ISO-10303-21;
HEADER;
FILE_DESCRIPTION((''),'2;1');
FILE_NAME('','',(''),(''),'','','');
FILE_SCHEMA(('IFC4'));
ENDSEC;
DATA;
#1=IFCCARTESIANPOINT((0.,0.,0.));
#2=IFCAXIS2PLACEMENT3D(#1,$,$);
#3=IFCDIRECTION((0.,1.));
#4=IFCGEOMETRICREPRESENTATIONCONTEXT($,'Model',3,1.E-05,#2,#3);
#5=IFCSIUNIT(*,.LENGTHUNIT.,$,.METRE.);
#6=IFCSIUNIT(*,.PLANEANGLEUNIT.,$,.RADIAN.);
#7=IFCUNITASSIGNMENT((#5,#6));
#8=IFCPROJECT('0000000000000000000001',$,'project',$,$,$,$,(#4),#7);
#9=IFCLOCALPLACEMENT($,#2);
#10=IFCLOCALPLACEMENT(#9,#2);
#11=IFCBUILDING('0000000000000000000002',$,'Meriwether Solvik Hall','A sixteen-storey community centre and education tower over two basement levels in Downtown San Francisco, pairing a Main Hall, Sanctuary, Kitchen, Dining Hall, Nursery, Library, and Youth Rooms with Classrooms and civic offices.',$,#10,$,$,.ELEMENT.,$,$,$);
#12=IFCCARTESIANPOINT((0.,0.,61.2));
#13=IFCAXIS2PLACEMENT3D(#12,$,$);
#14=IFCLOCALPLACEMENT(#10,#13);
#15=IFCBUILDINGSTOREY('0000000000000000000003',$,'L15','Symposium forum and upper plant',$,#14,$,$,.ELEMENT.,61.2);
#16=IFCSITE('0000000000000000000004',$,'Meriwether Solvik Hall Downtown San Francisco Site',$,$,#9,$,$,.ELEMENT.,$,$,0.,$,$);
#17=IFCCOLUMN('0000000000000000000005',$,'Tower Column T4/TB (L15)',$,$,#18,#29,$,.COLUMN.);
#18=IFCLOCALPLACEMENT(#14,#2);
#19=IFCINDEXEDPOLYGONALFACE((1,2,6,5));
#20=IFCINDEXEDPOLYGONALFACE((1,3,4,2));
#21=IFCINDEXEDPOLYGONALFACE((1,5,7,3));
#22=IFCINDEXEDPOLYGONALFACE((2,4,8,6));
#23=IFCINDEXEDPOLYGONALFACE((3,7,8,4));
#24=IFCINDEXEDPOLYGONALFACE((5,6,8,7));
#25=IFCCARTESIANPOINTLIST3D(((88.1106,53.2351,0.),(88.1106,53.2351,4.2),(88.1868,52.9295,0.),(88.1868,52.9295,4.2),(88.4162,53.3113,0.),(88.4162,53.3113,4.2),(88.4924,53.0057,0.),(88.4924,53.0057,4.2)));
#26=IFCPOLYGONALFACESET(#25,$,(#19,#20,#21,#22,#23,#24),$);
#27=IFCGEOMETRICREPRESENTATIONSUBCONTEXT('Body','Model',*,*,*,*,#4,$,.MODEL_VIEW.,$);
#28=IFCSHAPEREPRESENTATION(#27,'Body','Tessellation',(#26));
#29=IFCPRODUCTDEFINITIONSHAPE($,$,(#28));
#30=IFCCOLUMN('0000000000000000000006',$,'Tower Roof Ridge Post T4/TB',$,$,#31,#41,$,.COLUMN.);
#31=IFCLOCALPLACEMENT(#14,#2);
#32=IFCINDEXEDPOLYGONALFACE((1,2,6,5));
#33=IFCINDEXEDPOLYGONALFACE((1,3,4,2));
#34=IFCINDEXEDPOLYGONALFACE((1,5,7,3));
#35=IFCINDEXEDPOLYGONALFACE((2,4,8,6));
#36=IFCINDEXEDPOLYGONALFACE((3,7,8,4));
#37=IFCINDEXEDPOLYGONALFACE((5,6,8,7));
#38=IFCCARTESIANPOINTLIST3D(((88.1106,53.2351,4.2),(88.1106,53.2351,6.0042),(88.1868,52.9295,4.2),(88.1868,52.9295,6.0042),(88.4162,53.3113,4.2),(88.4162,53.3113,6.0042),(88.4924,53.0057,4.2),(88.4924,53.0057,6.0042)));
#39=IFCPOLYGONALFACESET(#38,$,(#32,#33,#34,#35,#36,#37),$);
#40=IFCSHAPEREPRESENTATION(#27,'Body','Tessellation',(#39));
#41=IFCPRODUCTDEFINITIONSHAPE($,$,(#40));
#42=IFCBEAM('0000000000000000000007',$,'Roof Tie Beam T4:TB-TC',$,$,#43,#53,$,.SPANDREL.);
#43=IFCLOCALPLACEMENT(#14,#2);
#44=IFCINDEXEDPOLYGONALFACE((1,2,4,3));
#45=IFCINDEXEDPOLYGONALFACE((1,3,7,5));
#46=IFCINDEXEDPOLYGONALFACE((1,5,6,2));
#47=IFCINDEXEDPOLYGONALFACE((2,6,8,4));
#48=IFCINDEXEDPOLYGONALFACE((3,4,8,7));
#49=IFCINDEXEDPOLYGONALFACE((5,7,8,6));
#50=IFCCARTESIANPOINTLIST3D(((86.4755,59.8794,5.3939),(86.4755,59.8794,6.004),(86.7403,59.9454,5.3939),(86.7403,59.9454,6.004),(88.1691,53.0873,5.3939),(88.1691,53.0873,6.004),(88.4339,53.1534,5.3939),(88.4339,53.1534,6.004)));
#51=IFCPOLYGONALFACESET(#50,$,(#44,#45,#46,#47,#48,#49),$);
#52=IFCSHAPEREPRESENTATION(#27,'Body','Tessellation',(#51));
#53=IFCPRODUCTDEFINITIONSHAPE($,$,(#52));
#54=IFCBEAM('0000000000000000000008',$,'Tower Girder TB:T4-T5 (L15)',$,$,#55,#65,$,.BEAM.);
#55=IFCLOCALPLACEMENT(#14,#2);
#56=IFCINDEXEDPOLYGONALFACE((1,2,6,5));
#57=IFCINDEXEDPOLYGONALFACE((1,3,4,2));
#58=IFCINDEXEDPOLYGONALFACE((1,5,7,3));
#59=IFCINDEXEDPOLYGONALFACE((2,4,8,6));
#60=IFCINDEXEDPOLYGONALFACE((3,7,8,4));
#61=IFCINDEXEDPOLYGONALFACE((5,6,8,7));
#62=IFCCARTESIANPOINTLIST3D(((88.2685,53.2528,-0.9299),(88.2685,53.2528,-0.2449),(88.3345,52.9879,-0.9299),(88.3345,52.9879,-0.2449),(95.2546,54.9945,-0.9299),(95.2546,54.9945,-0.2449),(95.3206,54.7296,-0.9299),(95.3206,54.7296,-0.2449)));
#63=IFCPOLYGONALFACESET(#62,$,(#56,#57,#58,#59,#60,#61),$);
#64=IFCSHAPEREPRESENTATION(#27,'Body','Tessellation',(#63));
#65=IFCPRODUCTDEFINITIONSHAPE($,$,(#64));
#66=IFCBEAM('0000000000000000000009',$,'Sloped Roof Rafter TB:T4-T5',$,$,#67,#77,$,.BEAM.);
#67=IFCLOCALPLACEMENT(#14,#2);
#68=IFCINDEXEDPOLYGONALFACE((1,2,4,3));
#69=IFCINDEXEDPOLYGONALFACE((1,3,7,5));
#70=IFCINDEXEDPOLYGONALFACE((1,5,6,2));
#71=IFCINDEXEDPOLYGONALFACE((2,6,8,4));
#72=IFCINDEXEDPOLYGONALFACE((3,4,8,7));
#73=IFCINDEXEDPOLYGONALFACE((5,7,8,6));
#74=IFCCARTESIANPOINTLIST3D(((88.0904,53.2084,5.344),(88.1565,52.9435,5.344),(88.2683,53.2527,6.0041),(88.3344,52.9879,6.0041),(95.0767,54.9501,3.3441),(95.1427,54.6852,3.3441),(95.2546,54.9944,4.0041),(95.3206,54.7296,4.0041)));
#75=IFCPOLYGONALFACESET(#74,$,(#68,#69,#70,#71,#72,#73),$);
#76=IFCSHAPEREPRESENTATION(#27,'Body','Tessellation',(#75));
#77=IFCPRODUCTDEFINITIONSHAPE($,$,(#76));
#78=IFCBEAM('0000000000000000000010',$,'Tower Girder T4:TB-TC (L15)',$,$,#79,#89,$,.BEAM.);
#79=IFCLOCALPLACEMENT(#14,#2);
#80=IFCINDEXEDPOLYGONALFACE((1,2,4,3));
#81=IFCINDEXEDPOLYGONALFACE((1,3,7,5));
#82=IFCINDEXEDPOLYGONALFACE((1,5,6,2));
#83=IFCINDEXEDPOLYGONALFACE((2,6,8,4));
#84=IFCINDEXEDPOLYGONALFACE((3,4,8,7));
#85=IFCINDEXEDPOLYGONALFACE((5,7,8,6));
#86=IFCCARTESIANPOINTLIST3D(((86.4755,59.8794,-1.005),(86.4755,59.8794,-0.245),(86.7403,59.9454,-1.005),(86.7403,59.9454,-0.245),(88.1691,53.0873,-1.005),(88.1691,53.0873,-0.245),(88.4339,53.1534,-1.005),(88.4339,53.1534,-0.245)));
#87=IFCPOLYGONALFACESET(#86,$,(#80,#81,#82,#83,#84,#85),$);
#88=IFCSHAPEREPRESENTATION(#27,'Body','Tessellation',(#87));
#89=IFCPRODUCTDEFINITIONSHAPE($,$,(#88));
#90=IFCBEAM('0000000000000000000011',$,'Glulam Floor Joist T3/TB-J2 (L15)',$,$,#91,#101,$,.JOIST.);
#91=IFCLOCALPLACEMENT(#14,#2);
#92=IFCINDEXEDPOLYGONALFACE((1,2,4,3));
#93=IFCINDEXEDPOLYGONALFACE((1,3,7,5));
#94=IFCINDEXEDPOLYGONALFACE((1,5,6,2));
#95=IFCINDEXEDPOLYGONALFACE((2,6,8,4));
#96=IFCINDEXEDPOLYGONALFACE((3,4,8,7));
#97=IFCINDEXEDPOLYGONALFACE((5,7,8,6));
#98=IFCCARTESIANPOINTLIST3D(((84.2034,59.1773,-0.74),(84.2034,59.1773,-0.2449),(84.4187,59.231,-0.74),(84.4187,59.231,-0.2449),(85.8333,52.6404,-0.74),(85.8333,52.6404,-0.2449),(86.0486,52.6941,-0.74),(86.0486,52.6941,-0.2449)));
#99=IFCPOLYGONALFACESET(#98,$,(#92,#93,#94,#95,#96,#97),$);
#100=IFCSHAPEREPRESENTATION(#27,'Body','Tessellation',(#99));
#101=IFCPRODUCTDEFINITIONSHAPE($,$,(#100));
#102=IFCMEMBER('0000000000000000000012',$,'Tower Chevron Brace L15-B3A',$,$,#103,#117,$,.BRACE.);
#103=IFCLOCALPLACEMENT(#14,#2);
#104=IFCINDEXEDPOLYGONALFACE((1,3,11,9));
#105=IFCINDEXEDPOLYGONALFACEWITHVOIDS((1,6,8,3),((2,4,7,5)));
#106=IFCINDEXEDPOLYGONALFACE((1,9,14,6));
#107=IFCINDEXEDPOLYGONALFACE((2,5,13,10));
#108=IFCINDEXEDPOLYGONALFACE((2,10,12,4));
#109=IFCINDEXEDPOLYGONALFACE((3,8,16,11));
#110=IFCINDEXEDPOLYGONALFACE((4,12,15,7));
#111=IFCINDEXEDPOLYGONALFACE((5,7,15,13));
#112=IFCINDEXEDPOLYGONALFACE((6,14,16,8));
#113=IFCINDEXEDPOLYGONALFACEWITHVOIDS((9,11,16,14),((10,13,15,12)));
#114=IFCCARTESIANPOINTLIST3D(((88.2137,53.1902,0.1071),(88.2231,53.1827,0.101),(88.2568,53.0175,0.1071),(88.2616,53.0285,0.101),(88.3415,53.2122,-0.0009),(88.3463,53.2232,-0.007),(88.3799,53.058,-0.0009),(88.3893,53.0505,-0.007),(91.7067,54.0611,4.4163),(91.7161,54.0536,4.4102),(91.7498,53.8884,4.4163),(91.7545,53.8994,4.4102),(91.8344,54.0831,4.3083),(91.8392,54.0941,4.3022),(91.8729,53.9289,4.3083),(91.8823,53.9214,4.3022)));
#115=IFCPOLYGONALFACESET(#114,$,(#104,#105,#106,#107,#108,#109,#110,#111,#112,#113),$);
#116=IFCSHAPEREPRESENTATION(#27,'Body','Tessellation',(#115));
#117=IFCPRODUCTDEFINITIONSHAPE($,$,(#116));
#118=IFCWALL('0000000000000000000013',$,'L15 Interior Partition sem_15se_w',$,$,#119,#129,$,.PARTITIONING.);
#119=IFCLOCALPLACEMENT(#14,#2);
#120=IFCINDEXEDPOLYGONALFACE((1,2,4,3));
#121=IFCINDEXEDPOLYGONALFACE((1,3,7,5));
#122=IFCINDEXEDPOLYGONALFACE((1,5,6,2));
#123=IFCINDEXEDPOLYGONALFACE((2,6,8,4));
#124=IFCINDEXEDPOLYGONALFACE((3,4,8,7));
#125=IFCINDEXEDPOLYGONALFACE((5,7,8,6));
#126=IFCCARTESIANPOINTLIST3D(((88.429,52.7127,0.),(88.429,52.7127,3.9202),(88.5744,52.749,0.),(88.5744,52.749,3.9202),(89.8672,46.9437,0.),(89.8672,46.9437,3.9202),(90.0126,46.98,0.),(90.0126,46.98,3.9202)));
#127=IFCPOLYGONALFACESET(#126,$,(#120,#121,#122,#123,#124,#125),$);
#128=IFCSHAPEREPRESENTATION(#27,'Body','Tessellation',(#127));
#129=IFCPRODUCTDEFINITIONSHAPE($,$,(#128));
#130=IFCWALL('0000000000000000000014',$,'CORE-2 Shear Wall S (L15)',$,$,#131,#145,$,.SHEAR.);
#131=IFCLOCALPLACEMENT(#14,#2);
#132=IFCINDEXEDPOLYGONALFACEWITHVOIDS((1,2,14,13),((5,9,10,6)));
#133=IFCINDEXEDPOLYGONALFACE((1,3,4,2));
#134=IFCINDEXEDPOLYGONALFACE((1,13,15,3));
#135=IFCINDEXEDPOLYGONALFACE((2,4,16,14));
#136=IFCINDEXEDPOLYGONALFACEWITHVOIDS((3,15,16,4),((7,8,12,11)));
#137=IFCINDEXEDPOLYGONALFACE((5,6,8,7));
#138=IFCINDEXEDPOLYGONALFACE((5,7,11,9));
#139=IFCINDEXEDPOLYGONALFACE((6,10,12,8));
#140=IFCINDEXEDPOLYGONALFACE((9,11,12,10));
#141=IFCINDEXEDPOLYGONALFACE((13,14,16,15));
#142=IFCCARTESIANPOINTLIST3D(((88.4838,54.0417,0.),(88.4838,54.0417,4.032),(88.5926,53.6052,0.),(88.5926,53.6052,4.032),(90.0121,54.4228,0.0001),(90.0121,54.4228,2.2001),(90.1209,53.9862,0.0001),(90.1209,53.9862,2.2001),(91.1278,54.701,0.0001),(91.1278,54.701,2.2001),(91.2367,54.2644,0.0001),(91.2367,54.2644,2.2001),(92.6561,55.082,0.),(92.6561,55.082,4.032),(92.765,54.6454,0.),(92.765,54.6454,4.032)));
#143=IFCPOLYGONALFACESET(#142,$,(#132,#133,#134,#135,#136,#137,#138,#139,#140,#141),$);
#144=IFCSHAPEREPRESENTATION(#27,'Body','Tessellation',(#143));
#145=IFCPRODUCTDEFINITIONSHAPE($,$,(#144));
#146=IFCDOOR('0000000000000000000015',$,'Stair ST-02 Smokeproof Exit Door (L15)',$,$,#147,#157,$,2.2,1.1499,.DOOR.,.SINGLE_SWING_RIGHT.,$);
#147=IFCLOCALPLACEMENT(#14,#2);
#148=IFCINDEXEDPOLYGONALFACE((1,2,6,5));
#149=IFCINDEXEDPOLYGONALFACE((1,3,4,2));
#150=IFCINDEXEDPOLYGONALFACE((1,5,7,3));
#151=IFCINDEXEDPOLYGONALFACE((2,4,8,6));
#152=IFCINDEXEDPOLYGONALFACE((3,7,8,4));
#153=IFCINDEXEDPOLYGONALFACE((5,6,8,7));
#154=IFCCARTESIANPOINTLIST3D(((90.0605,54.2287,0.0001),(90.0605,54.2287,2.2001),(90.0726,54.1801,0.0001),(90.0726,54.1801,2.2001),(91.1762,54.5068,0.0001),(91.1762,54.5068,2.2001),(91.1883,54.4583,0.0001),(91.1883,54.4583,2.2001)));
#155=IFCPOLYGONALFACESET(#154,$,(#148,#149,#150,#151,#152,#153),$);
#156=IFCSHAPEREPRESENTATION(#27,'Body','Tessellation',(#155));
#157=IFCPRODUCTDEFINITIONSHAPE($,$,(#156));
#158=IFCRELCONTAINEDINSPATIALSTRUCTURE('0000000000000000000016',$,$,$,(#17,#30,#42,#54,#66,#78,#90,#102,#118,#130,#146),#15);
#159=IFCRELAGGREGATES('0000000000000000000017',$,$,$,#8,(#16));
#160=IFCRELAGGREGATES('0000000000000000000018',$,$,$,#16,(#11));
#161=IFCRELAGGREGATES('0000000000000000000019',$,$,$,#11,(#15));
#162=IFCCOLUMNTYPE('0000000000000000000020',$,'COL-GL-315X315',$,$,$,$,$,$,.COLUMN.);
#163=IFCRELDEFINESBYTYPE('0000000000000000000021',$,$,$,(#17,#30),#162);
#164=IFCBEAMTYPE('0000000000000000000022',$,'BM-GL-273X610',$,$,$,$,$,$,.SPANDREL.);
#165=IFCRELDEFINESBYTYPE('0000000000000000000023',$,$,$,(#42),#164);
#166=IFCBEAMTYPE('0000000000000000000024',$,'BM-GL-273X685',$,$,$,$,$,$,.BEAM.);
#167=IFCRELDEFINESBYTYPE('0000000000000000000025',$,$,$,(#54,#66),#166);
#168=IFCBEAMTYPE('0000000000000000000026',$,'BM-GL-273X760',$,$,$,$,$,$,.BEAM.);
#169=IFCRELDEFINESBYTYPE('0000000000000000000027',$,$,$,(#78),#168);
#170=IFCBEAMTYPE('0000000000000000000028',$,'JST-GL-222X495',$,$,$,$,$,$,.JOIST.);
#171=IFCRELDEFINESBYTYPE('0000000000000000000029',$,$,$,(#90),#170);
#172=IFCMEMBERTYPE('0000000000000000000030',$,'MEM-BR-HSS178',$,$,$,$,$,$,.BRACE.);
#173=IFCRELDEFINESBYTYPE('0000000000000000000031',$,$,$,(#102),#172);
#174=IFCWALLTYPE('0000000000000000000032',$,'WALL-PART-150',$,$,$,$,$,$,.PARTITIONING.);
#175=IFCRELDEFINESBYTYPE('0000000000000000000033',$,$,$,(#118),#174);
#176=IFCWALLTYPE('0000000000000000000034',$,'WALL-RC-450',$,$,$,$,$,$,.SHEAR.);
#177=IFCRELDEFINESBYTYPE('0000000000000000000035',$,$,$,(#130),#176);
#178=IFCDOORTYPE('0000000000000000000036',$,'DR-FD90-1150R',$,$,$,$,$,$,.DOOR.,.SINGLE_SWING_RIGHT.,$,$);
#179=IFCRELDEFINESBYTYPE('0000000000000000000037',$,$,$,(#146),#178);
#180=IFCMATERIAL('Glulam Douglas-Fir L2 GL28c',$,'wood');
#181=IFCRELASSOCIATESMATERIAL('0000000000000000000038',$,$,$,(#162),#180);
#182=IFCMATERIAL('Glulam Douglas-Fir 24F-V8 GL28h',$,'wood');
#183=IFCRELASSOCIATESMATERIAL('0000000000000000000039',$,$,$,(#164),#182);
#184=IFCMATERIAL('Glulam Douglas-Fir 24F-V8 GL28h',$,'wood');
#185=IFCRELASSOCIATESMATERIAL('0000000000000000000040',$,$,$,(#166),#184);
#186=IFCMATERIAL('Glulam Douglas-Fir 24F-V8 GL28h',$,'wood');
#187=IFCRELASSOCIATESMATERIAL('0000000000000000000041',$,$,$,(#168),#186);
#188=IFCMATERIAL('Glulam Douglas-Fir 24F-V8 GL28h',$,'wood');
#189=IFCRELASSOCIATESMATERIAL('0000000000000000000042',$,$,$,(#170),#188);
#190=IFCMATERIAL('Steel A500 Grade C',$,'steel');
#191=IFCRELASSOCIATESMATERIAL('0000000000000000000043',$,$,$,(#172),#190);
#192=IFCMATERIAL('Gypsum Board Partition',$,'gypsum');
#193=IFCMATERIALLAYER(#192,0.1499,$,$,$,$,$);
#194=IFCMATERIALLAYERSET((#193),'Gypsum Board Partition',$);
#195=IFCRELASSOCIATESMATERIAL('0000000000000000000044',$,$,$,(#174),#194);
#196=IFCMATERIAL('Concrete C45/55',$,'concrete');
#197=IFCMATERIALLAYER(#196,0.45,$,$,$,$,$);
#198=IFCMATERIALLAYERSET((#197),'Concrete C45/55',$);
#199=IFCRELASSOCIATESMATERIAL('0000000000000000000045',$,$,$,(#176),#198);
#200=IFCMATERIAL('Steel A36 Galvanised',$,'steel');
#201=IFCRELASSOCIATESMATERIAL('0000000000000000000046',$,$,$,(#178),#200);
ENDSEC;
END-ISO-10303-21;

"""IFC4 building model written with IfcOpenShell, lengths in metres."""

from ifc_helpers import new_model, si_unit, direction, frame, frame_2d, origin, origin_2d, place, context, subcontext, project, spatial, rectangle, hollow_rectangle, extrude, material, layer, layer_set, material_profile, profile_set, type_object, element, fill, save


model = new_model("IFC4")

# Units and contexts
model_context = context("Model", 3, precision=1e-05, world=origin(), true_north=direction((0.0, 1.0)))
body_context = subcontext(model_context, "Body", "Model", "MODEL_VIEW")
ifc_project = project(units=[si_unit("LENGTHUNIT", "METRE"), si_unit("PLANEANGLEUNIT", "RADIAN")], contexts=[model_context])

# Site, building, storey
site_placement = place(None, origin())
site = spatial("IfcSite", under=ifc_project, at=site_placement, Name="Meriwether Solvik Hall Downtown San Francisco Site", CompositionType="ELEMENT", RefElevation=0.0)
building_placement = place(site_placement, origin())
building = spatial("IfcBuilding", under=site, at=building_placement, Name="Meriwether Solvik Hall", Description="A sixteen-storey community centre and education tower over two basement levels in Downtown San Francisco, pairing a Main Hall, Sanctuary, Kitchen, Dining Hall, Nursery, Library, and Youth Rooms with Classrooms and civic offices.", CompositionType="ELEMENT")
storey_placement = place(building_placement, frame((0.0, 0.0, 61.2)))
storey = spatial("IfcBuildingStorey", under=building, at=storey_placement, Name="L15", Description="Symposium forum and upper plant", CompositionType="ELEMENT", Elevation=61.2)

# Columns
ifc_material_1 = material(Name="Glulam Douglas-Fir L2 GL28c", Category="wood")
ifc_material_profile_1 = material_profile(ifc_material_1, rectangle(XDim=0.3149, YDim=0.3149, at=origin_2d()), Name="GLC-315X315")
ifc_profile_set_1 = profile_set([ifc_material_profile_1], Name="Glulam Douglas-Fir L2 GL28c")
column_type = type_object("IfcColumnType", Name="COL-GL-315X315", PredefinedType="COLUMN", material=ifc_profile_set_1)
column_1_placement = place(storey_placement, frame((88.3015, 53.1204, 0.0), z_axis=(0.0, 0.0, 1.0), x_axis=(0.970296, 0.241922, 0.0)))
element("IfcColumn", 1, at=column_1_placement, inside=storey, type_object=column_type, Name="Tower Column T4/TB (L15)", PredefinedType="COLUMN", context=body_context, shape_type="SweptSolid", body=[
    extrude(rectangle(XDim=0.3149, YDim=0.3149, at=origin_2d()), origin(), (0.0, 0.0, 1.0), 4.2),
])
column_2_placement = place(storey_placement, frame((88.3015, 53.1204, 4.2), z_axis=(0.0, 0.0, 1.0), x_axis=(0.970296, 0.241922, 0.0)))
element("IfcColumn", 2, at=column_2_placement, inside=storey, type_object=column_type, Name="Tower Roof Ridge Post T4/TB", PredefinedType="COLUMN", context=body_context, shape_type="SweptSolid", body=[
    extrude(rectangle(XDim=0.3149, YDim=0.3149, at=origin_2d()), origin(), (0.0, 0.0, 1.0), 1.8042),
])

# Beams
ifc_material_2 = material(Name="Glulam Douglas-Fir 24F-V8 GL28h", Category="wood")
ifc_material_profile_2 = material_profile(ifc_material_2, rectangle(XDim=0.2729, YDim=0.6101, at=origin_2d()), Name="GLB-273X610")
ifc_profile_set_2 = profile_set([ifc_material_profile_2], Name="Glulam Douglas-Fir 24F-V8 GL28h")
beam_type_1 = type_object("IfcBeamType", Name="BM-GL-273X610", PredefinedType="SPANDREL", material=ifc_profile_set_2)
beam_1_placement = place(storey_placement, frame((88.3015, 53.1204, 5.699), z_axis=(-0.241945, 0.97029, 0.0), x_axis=(-0.97029, -0.241945, 0.0)))
element("IfcBeam", 3, at=beam_1_placement, inside=storey, type_object=beam_type_1, Name="Roof Tie Beam T4:TB-TC", PredefinedType="SPANDREL", context=body_context, shape_type="SweptSolid", body=[
    extrude(rectangle(XDim=0.2729, YDim=0.6101, at=origin_2d()), origin(), (0.0, 0.0, 1.0), 7.0),
])
ifc_material_3 = material(Name="Glulam Douglas-Fir 24F-V8 GL28h", Category="wood")
ifc_material_profile_3 = material_profile(ifc_material_3, rectangle(XDim=0.2729, YDim=0.6851, at=origin_2d()), Name="GLB-273X685")
ifc_profile_set_3 = profile_set([ifc_material_profile_3], Name="Glulam Douglas-Fir 24F-V8 GL28h")
beam_type_2 = type_object("IfcBeamType", Name="BM-GL-273X685", PredefinedType="BEAM", material=ifc_profile_set_3)
beam_2_placement = place(storey_placement, frame((88.3015, 53.1204, -0.5874), z_axis=(0.9703, 0.241905, 0.0), x_axis=(-0.241905, 0.9703, 0.0)))
element("IfcBeam", 4, at=beam_2_placement, inside=storey, type_object=beam_type_2, Name="Tower Girder TB:T4-T5 (L15)", PredefinedType="BEAM", context=body_context, shape_type="SweptSolid", body=[
    extrude(rectangle(XDim=0.2729, YDim=0.6851, at=origin_2d()), origin(), (0.0, 0.0, 1.0), 7.2),
])
beam_3_placement = place(storey_placement, frame((88.2124, 53.0981, 5.6741), z_axis=(0.934905, 0.233073, -0.267638), x_axis=(-0.241897, 0.970302, 0.0)))
element("IfcBeam", 5, at=beam_3_placement, inside=storey, type_object=beam_type_2, Name="Sloped Roof Rafter TB:T4-T5", PredefinedType="BEAM", context=body_context, shape_type="SweptSolid", body=[
    extrude(rectangle(XDim=0.2729, YDim=0.6851, at=origin_2d()), origin(), (0.0, 0.0, 1.0), 7.4727),
])
ifc_material_4 = material(Name="Glulam Douglas-Fir 24F-V8 GL28h", Category="wood")
ifc_material_profile_4 = material_profile(ifc_material_4, rectangle(XDim=0.2729, YDim=0.76, at=origin_2d()), Name="GLB-273X760")
ifc_profile_set_4 = profile_set([ifc_material_profile_4], Name="Glulam Douglas-Fir 24F-V8 GL28h")
beam_type_3 = type_object("IfcBeamType", Name="BM-GL-273X760", PredefinedType="BEAM", material=ifc_profile_set_4)
beam_4_placement = place(storey_placement, frame((88.3015, 53.1204, -0.625), z_axis=(-0.241945, 0.97029, 0.0), x_axis=(-0.97029, -0.241945, 0.0)))
element("IfcBeam", 6, at=beam_4_placement, inside=storey, type_object=beam_type_3, Name="Tower Girder T4:TB-TC (L15)", PredefinedType="BEAM", context=body_context, shape_type="SweptSolid", body=[
    extrude(rectangle(XDim=0.2729, YDim=0.76, at=origin_2d()), origin(), (0.0, 0.0, 1.0), 7.0),
])
ifc_material_5 = material(Name="Glulam Douglas-Fir 24F-V8 GL28h", Category="wood")
ifc_material_profile_5 = material_profile(ifc_material_5, rectangle(XDim=0.2219, YDim=0.4951, at=origin_2d()), Name="GLJ-222X495")
ifc_profile_set_5 = profile_set([ifc_material_profile_5], Name="Glulam Douglas-Fir 24F-V8 GL28h")
beam_type_4 = type_object("IfcBeamType", Name="JST-GL-222X495", PredefinedType="JOIST", material=ifc_profile_set_5)
beam_5_placement = place(storey_placement, frame((85.9409, 52.6672, -0.4924), z_axis=(-0.24193, 0.970294, 0.0), x_axis=(-0.970294, -0.24193, 0.0)))
element("IfcBeam", 7, at=beam_5_placement, inside=storey, type_object=beam_type_4, Name="Glulam Floor Joist T3/TB-J2 (L15)", PredefinedType="JOIST", context=body_context, shape_type="SweptSolid", body=[
    extrude(rectangle(XDim=0.2219, YDim=0.4951, at=origin_2d()), origin(), (0.0, 0.0, 1.0), 6.7371),
])

# Member
ifc_material_6 = material(Name="Steel A500 Grade C", Category="steel")
ifc_material_profile_6 = material_profile(ifc_material_6, hollow_rectangle(XDim=0.178, YDim=0.178, WallThickness=0.0095, at=origin_2d()), Name="HSS178X178X9.5")
ifc_profile_set_6 = profile_set([ifc_material_profile_6], Name="Steel A500 Grade C")
member_type = type_object("IfcMemberType", Name="MEM-BR-HSS178", PredefinedType="BRACE", material=ifc_profile_set_6)
member_placement = place(storey_placement, frame((88.3015, 53.1204, 0.05), z_axis=(0.622081, 0.155096, 0.767438), x_axis=(-0.241913, 0.970298, 0.0)))
element("IfcMember", 8, at=member_placement, inside=storey, type_object=member_type, Name="Tower Chevron Brace L15-B3A", PredefinedType="BRACE", context=body_context, shape_type="SweptSolid", body=[
    extrude(hollow_rectangle(XDim=0.178, YDim=0.178, WallThickness=0.0095, at=origin_2d()), origin(), (0.0, 0.0, 1.0), 5.615),
])

# Wall
ifc_material_7 = material(Name="Gypsum Board Partition", Category="gypsum")
ifc_layer_1 = layer(ifc_material_7, 0.1499)
ifc_layer_set_1 = layer_set([ifc_layer_1], Name="Gypsum Board Partition")
wall_type_1 = type_object("IfcWallType", Name="WALL-PART-150", PredefinedType="PARTITIONING", material=ifc_layer_set_1)
wall_1_placement = place(storey_placement, frame((88.5017, 52.7307, 0.0), z_axis=(0.0, 0.0, 1.0), x_axis=(0.241898, -0.970302, 0.0)))
element("IfcWall", 9, at=wall_1_placement, inside=storey, type_object=wall_type_1, Name="L15 Interior Partition sem_15se_w", PredefinedType="PARTITIONING", context=body_context, shape_type="SweptSolid", body=[
    extrude(rectangle(XDim=5.9456, YDim=0.1499, at=frame_2d((2.9727, 0.0))), origin(), (0.0, 0.0, 1.0), 3.9202),
])

# Wall, opening, door
ifc_material_8 = material(Name="Concrete C45/55", Category="concrete")
ifc_layer_2 = layer(ifc_material_8, 0.45)
ifc_layer_set_2 = layer_set([ifc_layer_2], Name="Concrete C45/55")
wall_type_2 = type_object("IfcWallType", Name="WALL-RC-450", PredefinedType="SHEAR", material=ifc_layer_set_2)
wall_2_placement = place(storey_placement, frame((88.5383, 53.8235, 0.0), z_axis=(0.0, 0.0, 1.0), x_axis=(0.970296, 0.241921, 0.0)))
wall_2 = element("IfcWall", 10, at=wall_2_placement, inside=storey, type_object=wall_type_2, Name="CORE-2 Shear Wall S (L15)", PredefinedType="SHEAR", context=body_context, shape_type="SweptSolid", body=[
    extrude(rectangle(XDim=4.3, YDim=0.45, at=frame_2d((2.1499, 0.0))), origin(), (0.0, 0.0, 1.0), 4.032),
])
opening_1_placement = place(wall_2_placement, frame((1.575, 0.0, 0.0)))
opening_1 = element("IfcOpeningElement", 11, at=opening_1_placement, cuts=wall_2, PredefinedType="OPENING", context=body_context, shape_type="SweptSolid", body=[
    extrude(rectangle(XDim=1.1499, YDim=2.2, at=frame_2d((0.575, 1.1001))), frame((0.0, 0.2368, 0.0), z_axis=(0.0, -1.0, 0.0), x_axis=(1.0, 0.0, 0.0)), (0.0, 0.0, 1.0), 0.4739),
])
ifc_material_9 = material(Name="Steel A36 Galvanised", Category="steel")
door_type_1 = type_object("IfcDoorType", Name="DR-FD90-1150R", OperationType="SINGLE_SWING_RIGHT", PredefinedType="DOOR", material=ifc_material_9)
door_1_placement = place(opening_1_placement, origin())
door_1 = element("IfcDoor", 12, at=door_1_placement, inside=storey, type_object=door_type_1, Name="Stair ST-02 Smokeproof Exit Door (L15)", OperationType="SINGLE_SWING_RIGHT", OverallHeight=2.2, OverallWidth=1.1499, PredefinedType="DOOR", context=body_context, shape_type="SweptSolid", body=[
    extrude(rectangle(XDim=1.1499, YDim=2.2, at=frame_2d((0.575, 1.1001))), frame((0.0, 0.0249, 0.0), z_axis=(0.0, -1.0, 0.0), x_axis=(1.0, 0.0, 0.0)), (0.0, 0.0, 1.0), 0.05),
])
fill(opening_1, door_1)

save(model, "model.ifc")
